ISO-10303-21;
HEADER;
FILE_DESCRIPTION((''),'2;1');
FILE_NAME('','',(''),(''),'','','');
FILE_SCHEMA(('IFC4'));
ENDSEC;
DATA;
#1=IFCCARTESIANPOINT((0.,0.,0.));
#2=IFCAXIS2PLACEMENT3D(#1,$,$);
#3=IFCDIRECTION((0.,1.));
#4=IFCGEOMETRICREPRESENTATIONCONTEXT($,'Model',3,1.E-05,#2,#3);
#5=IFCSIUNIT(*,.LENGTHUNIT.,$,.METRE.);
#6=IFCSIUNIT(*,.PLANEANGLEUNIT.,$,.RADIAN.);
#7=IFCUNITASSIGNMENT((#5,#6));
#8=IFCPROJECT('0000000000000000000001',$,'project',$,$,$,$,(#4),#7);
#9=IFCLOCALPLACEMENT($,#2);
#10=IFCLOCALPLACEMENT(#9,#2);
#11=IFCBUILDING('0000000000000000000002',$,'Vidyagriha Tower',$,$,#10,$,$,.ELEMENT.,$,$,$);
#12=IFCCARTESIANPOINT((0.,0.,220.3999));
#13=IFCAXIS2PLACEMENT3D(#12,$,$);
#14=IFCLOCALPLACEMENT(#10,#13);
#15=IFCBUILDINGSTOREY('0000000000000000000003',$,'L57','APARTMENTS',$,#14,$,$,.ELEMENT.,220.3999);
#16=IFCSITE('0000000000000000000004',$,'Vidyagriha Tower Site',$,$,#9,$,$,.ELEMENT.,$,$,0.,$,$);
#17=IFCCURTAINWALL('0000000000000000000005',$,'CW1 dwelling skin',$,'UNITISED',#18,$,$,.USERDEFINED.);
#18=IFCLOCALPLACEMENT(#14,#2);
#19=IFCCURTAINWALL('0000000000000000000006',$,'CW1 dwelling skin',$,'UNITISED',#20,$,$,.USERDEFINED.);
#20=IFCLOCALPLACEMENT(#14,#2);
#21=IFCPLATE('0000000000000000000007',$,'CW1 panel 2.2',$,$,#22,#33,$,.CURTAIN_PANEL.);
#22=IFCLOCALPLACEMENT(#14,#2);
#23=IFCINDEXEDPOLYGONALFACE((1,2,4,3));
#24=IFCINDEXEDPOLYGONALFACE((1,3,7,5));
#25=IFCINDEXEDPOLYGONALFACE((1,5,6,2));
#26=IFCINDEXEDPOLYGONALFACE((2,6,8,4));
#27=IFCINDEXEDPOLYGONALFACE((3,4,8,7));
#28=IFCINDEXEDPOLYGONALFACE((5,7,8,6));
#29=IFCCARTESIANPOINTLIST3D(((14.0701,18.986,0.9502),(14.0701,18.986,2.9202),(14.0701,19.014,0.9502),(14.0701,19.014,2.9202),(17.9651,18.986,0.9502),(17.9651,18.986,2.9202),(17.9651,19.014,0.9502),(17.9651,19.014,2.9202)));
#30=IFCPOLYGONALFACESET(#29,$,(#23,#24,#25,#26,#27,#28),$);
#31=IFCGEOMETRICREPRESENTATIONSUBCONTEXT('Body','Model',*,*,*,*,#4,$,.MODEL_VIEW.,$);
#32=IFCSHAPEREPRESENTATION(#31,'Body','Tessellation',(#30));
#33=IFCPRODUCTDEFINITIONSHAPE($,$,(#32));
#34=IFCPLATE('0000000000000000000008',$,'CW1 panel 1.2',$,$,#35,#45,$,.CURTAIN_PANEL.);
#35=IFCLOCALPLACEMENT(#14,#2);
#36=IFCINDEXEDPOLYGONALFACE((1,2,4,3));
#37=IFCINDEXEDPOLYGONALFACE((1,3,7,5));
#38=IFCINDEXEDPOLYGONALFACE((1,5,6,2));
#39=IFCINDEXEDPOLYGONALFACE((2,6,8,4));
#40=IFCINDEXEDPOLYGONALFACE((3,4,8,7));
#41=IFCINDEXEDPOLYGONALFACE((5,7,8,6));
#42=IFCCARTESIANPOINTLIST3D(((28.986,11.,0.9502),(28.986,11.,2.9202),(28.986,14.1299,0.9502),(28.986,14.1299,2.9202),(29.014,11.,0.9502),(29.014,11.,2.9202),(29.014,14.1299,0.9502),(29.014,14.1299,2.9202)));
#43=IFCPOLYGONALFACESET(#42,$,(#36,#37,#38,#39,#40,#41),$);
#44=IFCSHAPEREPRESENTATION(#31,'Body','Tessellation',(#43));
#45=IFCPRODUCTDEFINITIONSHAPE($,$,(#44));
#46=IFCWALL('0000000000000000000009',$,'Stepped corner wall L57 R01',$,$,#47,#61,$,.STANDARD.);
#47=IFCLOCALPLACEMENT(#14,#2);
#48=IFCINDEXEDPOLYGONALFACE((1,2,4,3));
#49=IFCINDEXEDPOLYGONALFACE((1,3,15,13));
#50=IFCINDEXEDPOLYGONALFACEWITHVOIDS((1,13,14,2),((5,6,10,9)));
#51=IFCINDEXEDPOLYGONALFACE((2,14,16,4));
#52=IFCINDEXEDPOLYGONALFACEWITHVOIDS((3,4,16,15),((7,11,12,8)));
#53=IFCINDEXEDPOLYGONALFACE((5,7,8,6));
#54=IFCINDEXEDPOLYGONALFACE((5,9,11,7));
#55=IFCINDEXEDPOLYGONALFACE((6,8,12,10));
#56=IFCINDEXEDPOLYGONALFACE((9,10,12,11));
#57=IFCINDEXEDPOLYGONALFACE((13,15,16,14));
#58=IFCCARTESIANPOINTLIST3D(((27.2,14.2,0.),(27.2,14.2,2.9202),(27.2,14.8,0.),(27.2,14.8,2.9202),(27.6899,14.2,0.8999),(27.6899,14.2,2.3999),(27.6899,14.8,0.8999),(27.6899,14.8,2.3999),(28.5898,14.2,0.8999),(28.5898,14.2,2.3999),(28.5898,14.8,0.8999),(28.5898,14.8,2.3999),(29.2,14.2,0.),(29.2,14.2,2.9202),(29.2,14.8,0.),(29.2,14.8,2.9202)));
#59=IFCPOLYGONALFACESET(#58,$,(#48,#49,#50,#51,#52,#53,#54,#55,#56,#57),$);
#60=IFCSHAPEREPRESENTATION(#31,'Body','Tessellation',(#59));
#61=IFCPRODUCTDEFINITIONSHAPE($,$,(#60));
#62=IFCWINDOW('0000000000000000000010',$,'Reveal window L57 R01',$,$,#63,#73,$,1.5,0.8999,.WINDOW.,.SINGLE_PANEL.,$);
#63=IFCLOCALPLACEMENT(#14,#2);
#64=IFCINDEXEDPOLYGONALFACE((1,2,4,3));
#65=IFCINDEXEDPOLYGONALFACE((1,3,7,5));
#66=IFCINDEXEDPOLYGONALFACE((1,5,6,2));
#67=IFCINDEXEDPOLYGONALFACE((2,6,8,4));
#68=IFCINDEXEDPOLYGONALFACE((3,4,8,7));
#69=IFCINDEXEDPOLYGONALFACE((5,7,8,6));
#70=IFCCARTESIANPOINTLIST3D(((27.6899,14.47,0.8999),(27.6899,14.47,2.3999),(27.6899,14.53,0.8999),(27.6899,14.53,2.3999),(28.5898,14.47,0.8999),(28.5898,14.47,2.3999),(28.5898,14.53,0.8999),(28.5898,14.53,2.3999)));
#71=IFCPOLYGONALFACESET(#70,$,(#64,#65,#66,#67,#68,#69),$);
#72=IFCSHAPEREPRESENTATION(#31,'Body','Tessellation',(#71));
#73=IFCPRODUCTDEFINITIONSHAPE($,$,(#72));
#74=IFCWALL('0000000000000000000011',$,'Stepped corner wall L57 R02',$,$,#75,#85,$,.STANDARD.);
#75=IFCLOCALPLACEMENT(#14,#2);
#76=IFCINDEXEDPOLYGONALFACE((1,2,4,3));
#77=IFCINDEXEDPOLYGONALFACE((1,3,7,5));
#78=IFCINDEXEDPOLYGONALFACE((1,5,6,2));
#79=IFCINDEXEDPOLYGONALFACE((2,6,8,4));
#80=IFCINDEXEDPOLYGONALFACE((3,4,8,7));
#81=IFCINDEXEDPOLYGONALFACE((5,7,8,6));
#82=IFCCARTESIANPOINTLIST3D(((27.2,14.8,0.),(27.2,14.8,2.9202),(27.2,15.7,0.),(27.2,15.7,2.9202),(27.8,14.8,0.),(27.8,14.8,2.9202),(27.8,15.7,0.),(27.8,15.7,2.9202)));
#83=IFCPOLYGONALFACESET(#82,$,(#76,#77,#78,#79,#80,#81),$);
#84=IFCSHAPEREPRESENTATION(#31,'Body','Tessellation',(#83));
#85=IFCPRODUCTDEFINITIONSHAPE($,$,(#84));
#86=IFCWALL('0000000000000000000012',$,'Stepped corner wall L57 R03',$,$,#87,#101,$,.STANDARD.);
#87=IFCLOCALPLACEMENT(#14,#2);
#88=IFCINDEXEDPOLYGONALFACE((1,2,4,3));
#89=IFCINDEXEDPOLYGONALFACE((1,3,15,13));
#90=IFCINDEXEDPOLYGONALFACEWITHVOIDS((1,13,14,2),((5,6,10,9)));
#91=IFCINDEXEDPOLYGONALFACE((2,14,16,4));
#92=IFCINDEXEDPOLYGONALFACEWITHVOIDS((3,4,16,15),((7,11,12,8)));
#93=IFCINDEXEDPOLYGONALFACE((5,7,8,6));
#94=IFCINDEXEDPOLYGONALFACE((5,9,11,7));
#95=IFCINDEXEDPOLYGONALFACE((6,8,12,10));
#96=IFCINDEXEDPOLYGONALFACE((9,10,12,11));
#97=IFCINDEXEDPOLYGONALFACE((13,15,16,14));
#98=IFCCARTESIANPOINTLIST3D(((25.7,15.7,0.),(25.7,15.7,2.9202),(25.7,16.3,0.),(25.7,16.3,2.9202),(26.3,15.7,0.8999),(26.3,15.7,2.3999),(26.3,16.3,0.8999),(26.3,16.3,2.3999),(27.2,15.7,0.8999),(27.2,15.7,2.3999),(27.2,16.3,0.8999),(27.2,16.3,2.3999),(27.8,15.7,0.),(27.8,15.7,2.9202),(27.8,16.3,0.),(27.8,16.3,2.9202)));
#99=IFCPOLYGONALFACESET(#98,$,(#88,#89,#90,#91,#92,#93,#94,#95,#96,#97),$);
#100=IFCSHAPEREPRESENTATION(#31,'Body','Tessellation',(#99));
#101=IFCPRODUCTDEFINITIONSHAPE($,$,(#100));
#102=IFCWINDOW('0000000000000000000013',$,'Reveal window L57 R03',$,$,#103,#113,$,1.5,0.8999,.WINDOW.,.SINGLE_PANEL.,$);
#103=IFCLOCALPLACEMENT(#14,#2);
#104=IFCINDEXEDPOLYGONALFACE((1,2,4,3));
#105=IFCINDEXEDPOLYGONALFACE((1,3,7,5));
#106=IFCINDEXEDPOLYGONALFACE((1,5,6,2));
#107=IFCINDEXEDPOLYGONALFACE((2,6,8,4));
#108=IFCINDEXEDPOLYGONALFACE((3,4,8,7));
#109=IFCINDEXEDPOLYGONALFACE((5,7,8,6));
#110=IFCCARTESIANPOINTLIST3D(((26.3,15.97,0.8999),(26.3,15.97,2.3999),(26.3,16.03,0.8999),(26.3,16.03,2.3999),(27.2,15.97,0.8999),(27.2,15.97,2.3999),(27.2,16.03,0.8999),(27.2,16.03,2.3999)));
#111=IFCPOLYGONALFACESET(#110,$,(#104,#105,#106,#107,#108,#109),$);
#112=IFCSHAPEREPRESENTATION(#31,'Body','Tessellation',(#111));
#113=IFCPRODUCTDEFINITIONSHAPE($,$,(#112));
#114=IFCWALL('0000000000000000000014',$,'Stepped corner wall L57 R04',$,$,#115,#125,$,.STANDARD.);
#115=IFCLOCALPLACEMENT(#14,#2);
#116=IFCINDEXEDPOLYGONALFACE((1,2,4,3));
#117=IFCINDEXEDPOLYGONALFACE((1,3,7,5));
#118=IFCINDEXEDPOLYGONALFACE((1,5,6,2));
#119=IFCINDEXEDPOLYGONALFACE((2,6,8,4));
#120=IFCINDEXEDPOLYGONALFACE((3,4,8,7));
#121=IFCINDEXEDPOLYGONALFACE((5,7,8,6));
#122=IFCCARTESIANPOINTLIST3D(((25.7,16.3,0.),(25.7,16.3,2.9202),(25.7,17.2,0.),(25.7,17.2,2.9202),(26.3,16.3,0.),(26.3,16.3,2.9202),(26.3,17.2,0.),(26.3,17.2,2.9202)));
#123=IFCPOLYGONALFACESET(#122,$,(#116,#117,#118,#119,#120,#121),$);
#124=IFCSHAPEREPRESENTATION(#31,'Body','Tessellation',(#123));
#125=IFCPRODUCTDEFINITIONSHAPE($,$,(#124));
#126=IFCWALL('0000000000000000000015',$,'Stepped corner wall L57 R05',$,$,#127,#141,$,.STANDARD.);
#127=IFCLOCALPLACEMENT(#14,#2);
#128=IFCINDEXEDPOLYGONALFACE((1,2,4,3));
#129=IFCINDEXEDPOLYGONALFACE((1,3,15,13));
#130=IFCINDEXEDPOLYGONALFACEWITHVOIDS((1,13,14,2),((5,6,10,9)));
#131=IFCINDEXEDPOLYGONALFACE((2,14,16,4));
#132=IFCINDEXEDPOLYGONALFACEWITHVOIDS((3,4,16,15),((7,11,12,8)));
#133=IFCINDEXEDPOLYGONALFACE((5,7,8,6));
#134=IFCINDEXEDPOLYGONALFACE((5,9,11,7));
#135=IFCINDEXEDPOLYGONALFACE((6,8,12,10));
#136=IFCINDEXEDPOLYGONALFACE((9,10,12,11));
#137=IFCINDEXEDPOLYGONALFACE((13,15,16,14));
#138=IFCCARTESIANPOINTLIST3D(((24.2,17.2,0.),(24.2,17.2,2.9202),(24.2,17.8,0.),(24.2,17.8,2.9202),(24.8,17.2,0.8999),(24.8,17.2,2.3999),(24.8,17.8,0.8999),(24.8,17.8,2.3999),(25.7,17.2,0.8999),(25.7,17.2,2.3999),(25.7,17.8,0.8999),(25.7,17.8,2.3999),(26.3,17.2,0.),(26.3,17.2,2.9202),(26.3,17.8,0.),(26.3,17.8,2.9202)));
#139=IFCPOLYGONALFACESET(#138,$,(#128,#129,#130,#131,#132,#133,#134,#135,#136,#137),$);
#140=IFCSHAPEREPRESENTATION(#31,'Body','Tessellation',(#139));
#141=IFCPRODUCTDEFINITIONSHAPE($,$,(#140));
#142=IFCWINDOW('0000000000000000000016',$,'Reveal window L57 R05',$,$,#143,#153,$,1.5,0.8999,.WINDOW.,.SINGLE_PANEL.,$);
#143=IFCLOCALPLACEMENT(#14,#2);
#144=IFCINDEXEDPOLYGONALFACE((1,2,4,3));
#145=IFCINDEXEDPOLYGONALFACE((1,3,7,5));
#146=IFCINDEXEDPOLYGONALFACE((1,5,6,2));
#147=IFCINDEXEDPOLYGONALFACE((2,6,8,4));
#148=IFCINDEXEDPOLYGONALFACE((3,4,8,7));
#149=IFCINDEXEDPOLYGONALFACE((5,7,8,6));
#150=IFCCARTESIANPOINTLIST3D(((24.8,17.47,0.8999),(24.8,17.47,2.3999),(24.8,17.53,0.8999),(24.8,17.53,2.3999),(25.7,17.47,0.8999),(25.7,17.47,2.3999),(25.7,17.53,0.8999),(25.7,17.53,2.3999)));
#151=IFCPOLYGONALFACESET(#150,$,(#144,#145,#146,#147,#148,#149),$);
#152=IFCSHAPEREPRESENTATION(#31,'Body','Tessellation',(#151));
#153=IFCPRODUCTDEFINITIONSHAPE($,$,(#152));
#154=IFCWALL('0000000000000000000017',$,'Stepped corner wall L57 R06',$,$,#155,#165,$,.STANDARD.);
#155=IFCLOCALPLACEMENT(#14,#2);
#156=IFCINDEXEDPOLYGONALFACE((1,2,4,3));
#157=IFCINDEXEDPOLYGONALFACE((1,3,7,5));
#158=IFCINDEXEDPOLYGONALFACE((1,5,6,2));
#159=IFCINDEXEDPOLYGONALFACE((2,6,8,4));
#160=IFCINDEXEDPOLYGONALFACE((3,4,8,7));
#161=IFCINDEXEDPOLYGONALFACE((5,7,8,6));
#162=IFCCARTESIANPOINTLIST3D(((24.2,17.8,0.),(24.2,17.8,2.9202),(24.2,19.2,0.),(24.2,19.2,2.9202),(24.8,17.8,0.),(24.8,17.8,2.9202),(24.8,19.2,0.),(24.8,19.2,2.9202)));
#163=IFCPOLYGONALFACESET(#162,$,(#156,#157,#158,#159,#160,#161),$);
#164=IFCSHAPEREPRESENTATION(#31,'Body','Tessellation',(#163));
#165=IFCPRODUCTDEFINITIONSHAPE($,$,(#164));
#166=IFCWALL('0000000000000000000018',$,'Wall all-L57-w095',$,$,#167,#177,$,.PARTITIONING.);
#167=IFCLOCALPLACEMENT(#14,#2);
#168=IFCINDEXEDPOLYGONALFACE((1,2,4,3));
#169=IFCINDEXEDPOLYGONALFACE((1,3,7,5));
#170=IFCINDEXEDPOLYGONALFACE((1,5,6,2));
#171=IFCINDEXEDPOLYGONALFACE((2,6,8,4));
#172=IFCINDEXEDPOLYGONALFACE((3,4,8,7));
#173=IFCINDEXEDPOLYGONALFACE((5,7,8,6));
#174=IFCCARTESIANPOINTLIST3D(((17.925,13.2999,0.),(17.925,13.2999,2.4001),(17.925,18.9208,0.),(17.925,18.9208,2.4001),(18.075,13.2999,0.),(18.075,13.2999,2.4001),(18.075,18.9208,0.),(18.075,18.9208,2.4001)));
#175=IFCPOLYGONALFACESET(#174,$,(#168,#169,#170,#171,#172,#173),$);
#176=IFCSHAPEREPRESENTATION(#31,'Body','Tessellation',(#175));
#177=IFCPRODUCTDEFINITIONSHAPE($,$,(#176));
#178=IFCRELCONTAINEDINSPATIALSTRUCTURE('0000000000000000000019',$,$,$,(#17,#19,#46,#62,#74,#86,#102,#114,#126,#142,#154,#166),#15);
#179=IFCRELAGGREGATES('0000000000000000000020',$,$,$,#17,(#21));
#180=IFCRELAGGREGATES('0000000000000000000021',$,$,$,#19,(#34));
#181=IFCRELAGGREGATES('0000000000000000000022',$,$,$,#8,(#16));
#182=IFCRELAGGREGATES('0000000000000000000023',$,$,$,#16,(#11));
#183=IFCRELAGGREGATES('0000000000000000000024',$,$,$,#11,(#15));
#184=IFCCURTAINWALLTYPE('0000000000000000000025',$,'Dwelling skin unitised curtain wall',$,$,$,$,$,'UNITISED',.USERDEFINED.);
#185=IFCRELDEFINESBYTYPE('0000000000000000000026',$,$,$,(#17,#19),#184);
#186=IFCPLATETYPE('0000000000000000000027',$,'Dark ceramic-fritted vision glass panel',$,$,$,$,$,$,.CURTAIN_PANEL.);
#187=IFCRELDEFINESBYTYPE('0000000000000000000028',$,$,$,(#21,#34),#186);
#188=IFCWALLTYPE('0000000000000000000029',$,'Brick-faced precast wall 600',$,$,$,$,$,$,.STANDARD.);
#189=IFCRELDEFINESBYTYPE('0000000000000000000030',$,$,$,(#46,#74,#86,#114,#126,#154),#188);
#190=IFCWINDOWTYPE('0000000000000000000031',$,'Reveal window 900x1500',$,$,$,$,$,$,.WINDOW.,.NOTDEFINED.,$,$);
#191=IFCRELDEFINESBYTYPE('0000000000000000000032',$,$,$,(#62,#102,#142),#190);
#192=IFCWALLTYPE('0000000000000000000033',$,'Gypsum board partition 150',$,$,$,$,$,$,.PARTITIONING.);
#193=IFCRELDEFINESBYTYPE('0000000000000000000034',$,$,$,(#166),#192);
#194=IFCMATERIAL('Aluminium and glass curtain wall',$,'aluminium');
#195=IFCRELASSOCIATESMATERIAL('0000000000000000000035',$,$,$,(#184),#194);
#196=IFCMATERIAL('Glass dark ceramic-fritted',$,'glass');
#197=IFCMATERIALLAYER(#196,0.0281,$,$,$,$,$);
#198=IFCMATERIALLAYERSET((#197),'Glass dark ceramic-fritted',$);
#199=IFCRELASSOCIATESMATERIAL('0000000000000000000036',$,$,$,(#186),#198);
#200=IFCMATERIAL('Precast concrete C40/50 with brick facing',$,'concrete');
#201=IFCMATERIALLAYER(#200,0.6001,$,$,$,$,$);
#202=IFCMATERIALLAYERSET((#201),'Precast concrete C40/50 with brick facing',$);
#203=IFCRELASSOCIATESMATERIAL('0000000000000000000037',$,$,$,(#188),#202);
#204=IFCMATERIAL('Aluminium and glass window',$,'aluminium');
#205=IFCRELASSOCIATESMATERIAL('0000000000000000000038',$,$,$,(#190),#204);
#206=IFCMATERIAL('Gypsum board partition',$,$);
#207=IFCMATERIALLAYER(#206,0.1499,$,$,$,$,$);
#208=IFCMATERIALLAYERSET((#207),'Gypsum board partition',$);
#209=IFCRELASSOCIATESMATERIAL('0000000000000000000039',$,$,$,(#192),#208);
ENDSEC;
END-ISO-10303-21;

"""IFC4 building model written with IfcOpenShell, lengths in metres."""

from ifc_helpers import new_model, si_unit, direction, frame, frame_2d, origin, origin_2d, place, context, subcontext, project, spatial, rectangle, extrude, material, layer, layer_set, type_object, element, fill, aggregate, save


model = new_model("IFC4")

# Units and contexts
model_context = context("Model", 3, precision=1e-05, world=origin(), true_north=direction((0.0, 1.0)))
body_context = subcontext(model_context, "Body", "Model", "MODEL_VIEW")
ifc_project = project(units=[si_unit("LENGTHUNIT", "METRE"), si_unit("PLANEANGLEUNIT", "RADIAN")], contexts=[model_context])

# Site, building, storey
site_placement = place(None, origin())
site = spatial("IfcSite", under=ifc_project, at=site_placement, Name="Vidyagriha Tower Site", CompositionType="ELEMENT", RefElevation=0.0)
building_placement = place(site_placement, origin())
building = spatial("IfcBuilding", under=site, at=building_placement, Name="Vidyagriha Tower", CompositionType="ELEMENT")
storey_placement = place(building_placement, frame((0.0, 0.0, 220.3999)))
storey = spatial("IfcBuildingStorey", under=building, at=storey_placement, Name="L57", Description="APARTMENTS", CompositionType="ELEMENT", Elevation=220.3999)

# Curtain wall
ifc_material_1 = material(Name="Aluminium and glass curtain wall", Category="aluminium")
curtain_wall_type = type_object("IfcCurtainWallType", Name="Dwelling skin unitised curtain wall", ElementType="UNITISED", PredefinedType="USERDEFINED", material=ifc_material_1)
curtain_wall_1_placement = place(storey_placement, origin())
curtain_wall_1 = element("IfcCurtainWall", 1, at=curtain_wall_1_placement, inside=storey, type_object=curtain_wall_type, Name="CW1 dwelling skin", ObjectType="UNITISED", PredefinedType="USERDEFINED")

# Curtain wall
curtain_wall_2_placement = place(storey_placement, origin())
curtain_wall_2 = element("IfcCurtainWall", 2, at=curtain_wall_2_placement, inside=storey, type_object=curtain_wall_type, Name="CW1 dwelling skin", ObjectType="UNITISED", PredefinedType="USERDEFINED")

# Plates
ifc_material_2 = material(Name="Glass dark ceramic-fritted", Category="glass")
ifc_layer_1 = layer(ifc_material_2, 0.0281)
ifc_layer_set_1 = layer_set([ifc_layer_1], Name="Glass dark ceramic-fritted")
plate_type_1 = type_object("IfcPlateType", Name="Dark ceramic-fritted vision glass panel", PredefinedType="CURTAIN_PANEL", material=ifc_layer_set_1)
plate_1_placement = place(storey_placement, frame((16.0176, 19.0, 0.9502), z_axis=(0.0, 0.0, 1.0), x_axis=(-1.0, 0.0, 0.0)))
plate_1 = element("IfcPlate", 3, at=plate_1_placement, type_object=plate_type_1, Name="CW1 panel 2.2", PredefinedType="CURTAIN_PANEL", context=body_context, shape_type="SweptSolid", body=[
    extrude(rectangle(XDim=3.895, YDim=0.0281, at=origin_2d()), origin(), (0.0, 0.0, 1.0), 1.97),
])
aggregate(curtain_wall_1, [plate_1])
plate_2_placement = place(storey_placement, frame((29.0, 12.5649, 0.9502), z_axis=(0.0, 0.0, 1.0), x_axis=(0.0, 1.0, 0.0)))
plate_2 = element("IfcPlate", 4, at=plate_2_placement, type_object=plate_type_1, Name="CW1 panel 1.2", PredefinedType="CURTAIN_PANEL", context=body_context, shape_type="SweptSolid", body=[
    extrude(rectangle(XDim=3.1299, YDim=0.0281, at=origin_2d()), origin(), (0.0, 0.0, 1.0), 1.97),
])
aggregate(curtain_wall_2, [plate_2])

# Wall, opening, window
ifc_material_3 = material(Name="Precast concrete C40/50 with brick facing", Category="concrete")
ifc_layer_2 = layer(ifc_material_3, 0.6001)
ifc_layer_set_2 = layer_set([ifc_layer_2], Name="Precast concrete C40/50 with brick facing")
wall_type_1 = type_object("IfcWallType", Name="Brick-faced precast wall 600", PredefinedType="STANDARD", material=ifc_layer_set_2)
wall_1_placement = place(storey_placement, frame((29.2, 14.5, 0.0), z_axis=(0.0, 0.0, 1.0), x_axis=(-1.0, 0.0, 0.0)))
wall_1 = element("IfcWall", 5, at=wall_1_placement, inside=storey, type_object=wall_type_1, Name="Stepped corner wall L57 R01", PredefinedType="STANDARD", context=body_context, shape_type="SweptSolid", body=[
    extrude(rectangle(XDim=2.0, YDim=0.6001, at=frame_2d((1.0, 0.0))), origin(), (0.0, 0.0, 1.0), 2.9202),
])
opening_1_placement = place(wall_1_placement, frame((0.6101, 0.0, 0.8999)))
opening_1 = element("IfcOpeningElement", 6, at=opening_1_placement, cuts=wall_1, PredefinedType="OPENING", context=body_context, shape_type="SweptSolid", body=[
    extrude(rectangle(XDim=0.8999, YDim=1.5, at=frame_2d((0.45, 0.75))), frame((0.0, 0.3101, 0.0), z_axis=(0.0, -1.0, 0.0), x_axis=(1.0, 0.0, 0.0)), (0.0, 0.0, 1.0), 0.6201),
])
ifc_material_4 = material(Name="Aluminium and glass window", Category="aluminium")
window_type = type_object("IfcWindowType", Name="Reveal window 900x1500", PartitioningType="NOTDEFINED", PredefinedType="WINDOW", material=ifc_material_4)
window_1_placement = place(opening_1_placement, origin())
window_1 = element("IfcWindow", 7, at=window_1_placement, inside=storey, type_object=window_type, Name="Reveal window L57 R01", OverallHeight=1.5, OverallWidth=0.8999, PartitioningType="SINGLE_PANEL", PredefinedType="WINDOW", context=body_context, shape_type="SweptSolid", body=[
    extrude(rectangle(XDim=0.8999, YDim=1.5, at=frame_2d((0.45, 0.75))), frame((0.0, 0.03, 0.0), z_axis=(0.0, -1.0, 0.0), x_axis=(1.0, 0.0, 0.0)), (0.0, 0.0, 1.0), 0.0601),
])
fill(opening_1, window_1)

# Wall
wall_2_placement = place(storey_placement, frame((27.5, 14.8, 0.0), z_axis=(0.0, 0.0, 1.0), x_axis=(0.0, 1.0, 0.0)))
element("IfcWall", 8, at=wall_2_placement, inside=storey, type_object=wall_type_1, Name="Stepped corner wall L57 R02", PredefinedType="STANDARD", context=body_context, shape_type="SweptSolid", body=[
    extrude(rectangle(XDim=0.8999, YDim=0.6001, at=frame_2d((0.45, 0.0))), origin(), (0.0, 0.0, 1.0), 2.9202),
])

# Wall, opening, window
wall_3_placement = place(storey_placement, frame((27.8, 16.0, 0.0), z_axis=(0.0, 0.0, 1.0), x_axis=(-1.0, 0.0, 0.0)))
wall_3 = element("IfcWall", 9, at=wall_3_placement, inside=storey, type_object=wall_type_1, Name="Stepped corner wall L57 R03", PredefinedType="STANDARD", context=body_context, shape_type="SweptSolid", body=[
    extrude(rectangle(XDim=2.1001, YDim=0.6001, at=frame_2d((1.05, 0.0))), origin(), (0.0, 0.0, 1.0), 2.9202),
])
opening_2_placement = place(wall_3_placement, frame((0.6001, 0.0, 0.8999)))
opening_2 = element("IfcOpeningElement", 10, at=opening_2_placement, cuts=wall_3, PredefinedType="OPENING", context=body_context, shape_type="SweptSolid", body=[
    extrude(rectangle(XDim=0.8999, YDim=1.5, at=frame_2d((0.45, 0.75))), frame((0.0, 0.3101, 0.0), z_axis=(0.0, -1.0, 0.0), x_axis=(1.0, 0.0, 0.0)), (0.0, 0.0, 1.0), 0.6201),
])
window_2_placement = place(opening_2_placement, origin())
window_2 = element("IfcWindow", 11, at=window_2_placement, inside=storey, type_object=window_type, Name="Reveal window L57 R03", OverallHeight=1.5, OverallWidth=0.8999, PartitioningType="SINGLE_PANEL", PredefinedType="WINDOW", context=body_context, shape_type="SweptSolid", body=[
    extrude(rectangle(XDim=0.8999, YDim=1.5, at=frame_2d((0.45, 0.75))), frame((0.0, 0.03, 0.0), z_axis=(0.0, -1.0, 0.0), x_axis=(1.0, 0.0, 0.0)), (0.0, 0.0, 1.0), 0.0601),
])
fill(opening_2, window_2)

# Wall
wall_4_placement = place(storey_placement, frame((26.0, 16.3, 0.0), z_axis=(0.0, 0.0, 1.0), x_axis=(0.0, 1.0, 0.0)))
element("IfcWall", 12, at=wall_4_placement, inside=storey, type_object=wall_type_1, Name="Stepped corner wall L57 R04", PredefinedType="STANDARD", context=body_context, shape_type="SweptSolid", body=[
    extrude(rectangle(XDim=0.8999, YDim=0.6001, at=frame_2d((0.45, 0.0))), origin(), (0.0, 0.0, 1.0), 2.9202),
])

# Wall, opening, window
wall_5_placement = place(storey_placement, frame((26.3, 17.5, 0.0), z_axis=(0.0, 0.0, 1.0), x_axis=(-1.0, 0.0, 0.0)))
wall_5 = element("IfcWall", 13, at=wall_5_placement, inside=storey, type_object=wall_type_1, Name="Stepped corner wall L57 R05", PredefinedType="STANDARD", context=body_context, shape_type="SweptSolid", body=[
    extrude(rectangle(XDim=2.1001, YDim=0.6001, at=frame_2d((1.05, 0.0))), origin(), (0.0, 0.0, 1.0), 2.9202),
])
opening_3_placement = place(wall_5_placement, frame((0.6001, 0.0, 0.8999)))
opening_3 = element("IfcOpeningElement", 14, at=opening_3_placement, cuts=wall_5, PredefinedType="OPENING", context=body_context, shape_type="SweptSolid", body=[
    extrude(rectangle(XDim=0.8999, YDim=1.5, at=frame_2d((0.45, 0.75))), frame((0.0, 0.3101, 0.0), z_axis=(0.0, -1.0, 0.0), x_axis=(1.0, 0.0, 0.0)), (0.0, 0.0, 1.0), 0.6201),
])
window_3_placement = place(opening_3_placement, origin())
window_3 = element("IfcWindow", 15, at=window_3_placement, inside=storey, type_object=window_type, Name="Reveal window L57 R05", OverallHeight=1.5, OverallWidth=0.8999, PartitioningType="SINGLE_PANEL", PredefinedType="WINDOW", context=body_context, shape_type="SweptSolid", body=[
    extrude(rectangle(XDim=0.8999, YDim=1.5, at=frame_2d((0.45, 0.75))), frame((0.0, 0.03, 0.0), z_axis=(0.0, -1.0, 0.0), x_axis=(1.0, 0.0, 0.0)), (0.0, 0.0, 1.0), 0.0601),
])
fill(opening_3, window_3)

# Walls
wall_6_placement = place(storey_placement, frame((24.5, 17.8, 0.0), z_axis=(0.0, 0.0, 1.0), x_axis=(0.0, 1.0, 0.0)))
element("IfcWall", 16, at=wall_6_placement, inside=storey, type_object=wall_type_1, Name="Stepped corner wall L57 R06", PredefinedType="STANDARD", context=body_context, shape_type="SweptSolid", body=[
    extrude(rectangle(XDim=1.3999, YDim=0.6001, at=frame_2d((0.7, 0.0))), origin(), (0.0, 0.0, 1.0), 2.9202),
])
ifc_material_5 = material(Name="Gypsum board partition")
ifc_layer_3 = layer(ifc_material_5, 0.1499)
ifc_layer_set_3 = layer_set([ifc_layer_3], Name="Gypsum board partition")
wall_type_2 = type_object("IfcWallType", Name="Gypsum board partition 150", PredefinedType="PARTITIONING", material=ifc_layer_set_3)
wall_7_placement = place(storey_placement, frame((18.0, 18.9209, 0.0), z_axis=(0.0, 0.0, 1.0), x_axis=(0.0, -1.0, 0.0)))
element("IfcWall", 17, at=wall_7_placement, inside=storey, type_object=wall_type_2, Name="Wall all-L57-w095", PredefinedType="PARTITIONING", context=body_context, shape_type="SweptSolid", body=[
    extrude(rectangle(XDim=5.6208, YDim=0.1499, at=frame_2d((2.8105, 0.0))), origin(), (0.0, 0.0, 1.0), 2.4001),
])

save(model, "model.ifc")
